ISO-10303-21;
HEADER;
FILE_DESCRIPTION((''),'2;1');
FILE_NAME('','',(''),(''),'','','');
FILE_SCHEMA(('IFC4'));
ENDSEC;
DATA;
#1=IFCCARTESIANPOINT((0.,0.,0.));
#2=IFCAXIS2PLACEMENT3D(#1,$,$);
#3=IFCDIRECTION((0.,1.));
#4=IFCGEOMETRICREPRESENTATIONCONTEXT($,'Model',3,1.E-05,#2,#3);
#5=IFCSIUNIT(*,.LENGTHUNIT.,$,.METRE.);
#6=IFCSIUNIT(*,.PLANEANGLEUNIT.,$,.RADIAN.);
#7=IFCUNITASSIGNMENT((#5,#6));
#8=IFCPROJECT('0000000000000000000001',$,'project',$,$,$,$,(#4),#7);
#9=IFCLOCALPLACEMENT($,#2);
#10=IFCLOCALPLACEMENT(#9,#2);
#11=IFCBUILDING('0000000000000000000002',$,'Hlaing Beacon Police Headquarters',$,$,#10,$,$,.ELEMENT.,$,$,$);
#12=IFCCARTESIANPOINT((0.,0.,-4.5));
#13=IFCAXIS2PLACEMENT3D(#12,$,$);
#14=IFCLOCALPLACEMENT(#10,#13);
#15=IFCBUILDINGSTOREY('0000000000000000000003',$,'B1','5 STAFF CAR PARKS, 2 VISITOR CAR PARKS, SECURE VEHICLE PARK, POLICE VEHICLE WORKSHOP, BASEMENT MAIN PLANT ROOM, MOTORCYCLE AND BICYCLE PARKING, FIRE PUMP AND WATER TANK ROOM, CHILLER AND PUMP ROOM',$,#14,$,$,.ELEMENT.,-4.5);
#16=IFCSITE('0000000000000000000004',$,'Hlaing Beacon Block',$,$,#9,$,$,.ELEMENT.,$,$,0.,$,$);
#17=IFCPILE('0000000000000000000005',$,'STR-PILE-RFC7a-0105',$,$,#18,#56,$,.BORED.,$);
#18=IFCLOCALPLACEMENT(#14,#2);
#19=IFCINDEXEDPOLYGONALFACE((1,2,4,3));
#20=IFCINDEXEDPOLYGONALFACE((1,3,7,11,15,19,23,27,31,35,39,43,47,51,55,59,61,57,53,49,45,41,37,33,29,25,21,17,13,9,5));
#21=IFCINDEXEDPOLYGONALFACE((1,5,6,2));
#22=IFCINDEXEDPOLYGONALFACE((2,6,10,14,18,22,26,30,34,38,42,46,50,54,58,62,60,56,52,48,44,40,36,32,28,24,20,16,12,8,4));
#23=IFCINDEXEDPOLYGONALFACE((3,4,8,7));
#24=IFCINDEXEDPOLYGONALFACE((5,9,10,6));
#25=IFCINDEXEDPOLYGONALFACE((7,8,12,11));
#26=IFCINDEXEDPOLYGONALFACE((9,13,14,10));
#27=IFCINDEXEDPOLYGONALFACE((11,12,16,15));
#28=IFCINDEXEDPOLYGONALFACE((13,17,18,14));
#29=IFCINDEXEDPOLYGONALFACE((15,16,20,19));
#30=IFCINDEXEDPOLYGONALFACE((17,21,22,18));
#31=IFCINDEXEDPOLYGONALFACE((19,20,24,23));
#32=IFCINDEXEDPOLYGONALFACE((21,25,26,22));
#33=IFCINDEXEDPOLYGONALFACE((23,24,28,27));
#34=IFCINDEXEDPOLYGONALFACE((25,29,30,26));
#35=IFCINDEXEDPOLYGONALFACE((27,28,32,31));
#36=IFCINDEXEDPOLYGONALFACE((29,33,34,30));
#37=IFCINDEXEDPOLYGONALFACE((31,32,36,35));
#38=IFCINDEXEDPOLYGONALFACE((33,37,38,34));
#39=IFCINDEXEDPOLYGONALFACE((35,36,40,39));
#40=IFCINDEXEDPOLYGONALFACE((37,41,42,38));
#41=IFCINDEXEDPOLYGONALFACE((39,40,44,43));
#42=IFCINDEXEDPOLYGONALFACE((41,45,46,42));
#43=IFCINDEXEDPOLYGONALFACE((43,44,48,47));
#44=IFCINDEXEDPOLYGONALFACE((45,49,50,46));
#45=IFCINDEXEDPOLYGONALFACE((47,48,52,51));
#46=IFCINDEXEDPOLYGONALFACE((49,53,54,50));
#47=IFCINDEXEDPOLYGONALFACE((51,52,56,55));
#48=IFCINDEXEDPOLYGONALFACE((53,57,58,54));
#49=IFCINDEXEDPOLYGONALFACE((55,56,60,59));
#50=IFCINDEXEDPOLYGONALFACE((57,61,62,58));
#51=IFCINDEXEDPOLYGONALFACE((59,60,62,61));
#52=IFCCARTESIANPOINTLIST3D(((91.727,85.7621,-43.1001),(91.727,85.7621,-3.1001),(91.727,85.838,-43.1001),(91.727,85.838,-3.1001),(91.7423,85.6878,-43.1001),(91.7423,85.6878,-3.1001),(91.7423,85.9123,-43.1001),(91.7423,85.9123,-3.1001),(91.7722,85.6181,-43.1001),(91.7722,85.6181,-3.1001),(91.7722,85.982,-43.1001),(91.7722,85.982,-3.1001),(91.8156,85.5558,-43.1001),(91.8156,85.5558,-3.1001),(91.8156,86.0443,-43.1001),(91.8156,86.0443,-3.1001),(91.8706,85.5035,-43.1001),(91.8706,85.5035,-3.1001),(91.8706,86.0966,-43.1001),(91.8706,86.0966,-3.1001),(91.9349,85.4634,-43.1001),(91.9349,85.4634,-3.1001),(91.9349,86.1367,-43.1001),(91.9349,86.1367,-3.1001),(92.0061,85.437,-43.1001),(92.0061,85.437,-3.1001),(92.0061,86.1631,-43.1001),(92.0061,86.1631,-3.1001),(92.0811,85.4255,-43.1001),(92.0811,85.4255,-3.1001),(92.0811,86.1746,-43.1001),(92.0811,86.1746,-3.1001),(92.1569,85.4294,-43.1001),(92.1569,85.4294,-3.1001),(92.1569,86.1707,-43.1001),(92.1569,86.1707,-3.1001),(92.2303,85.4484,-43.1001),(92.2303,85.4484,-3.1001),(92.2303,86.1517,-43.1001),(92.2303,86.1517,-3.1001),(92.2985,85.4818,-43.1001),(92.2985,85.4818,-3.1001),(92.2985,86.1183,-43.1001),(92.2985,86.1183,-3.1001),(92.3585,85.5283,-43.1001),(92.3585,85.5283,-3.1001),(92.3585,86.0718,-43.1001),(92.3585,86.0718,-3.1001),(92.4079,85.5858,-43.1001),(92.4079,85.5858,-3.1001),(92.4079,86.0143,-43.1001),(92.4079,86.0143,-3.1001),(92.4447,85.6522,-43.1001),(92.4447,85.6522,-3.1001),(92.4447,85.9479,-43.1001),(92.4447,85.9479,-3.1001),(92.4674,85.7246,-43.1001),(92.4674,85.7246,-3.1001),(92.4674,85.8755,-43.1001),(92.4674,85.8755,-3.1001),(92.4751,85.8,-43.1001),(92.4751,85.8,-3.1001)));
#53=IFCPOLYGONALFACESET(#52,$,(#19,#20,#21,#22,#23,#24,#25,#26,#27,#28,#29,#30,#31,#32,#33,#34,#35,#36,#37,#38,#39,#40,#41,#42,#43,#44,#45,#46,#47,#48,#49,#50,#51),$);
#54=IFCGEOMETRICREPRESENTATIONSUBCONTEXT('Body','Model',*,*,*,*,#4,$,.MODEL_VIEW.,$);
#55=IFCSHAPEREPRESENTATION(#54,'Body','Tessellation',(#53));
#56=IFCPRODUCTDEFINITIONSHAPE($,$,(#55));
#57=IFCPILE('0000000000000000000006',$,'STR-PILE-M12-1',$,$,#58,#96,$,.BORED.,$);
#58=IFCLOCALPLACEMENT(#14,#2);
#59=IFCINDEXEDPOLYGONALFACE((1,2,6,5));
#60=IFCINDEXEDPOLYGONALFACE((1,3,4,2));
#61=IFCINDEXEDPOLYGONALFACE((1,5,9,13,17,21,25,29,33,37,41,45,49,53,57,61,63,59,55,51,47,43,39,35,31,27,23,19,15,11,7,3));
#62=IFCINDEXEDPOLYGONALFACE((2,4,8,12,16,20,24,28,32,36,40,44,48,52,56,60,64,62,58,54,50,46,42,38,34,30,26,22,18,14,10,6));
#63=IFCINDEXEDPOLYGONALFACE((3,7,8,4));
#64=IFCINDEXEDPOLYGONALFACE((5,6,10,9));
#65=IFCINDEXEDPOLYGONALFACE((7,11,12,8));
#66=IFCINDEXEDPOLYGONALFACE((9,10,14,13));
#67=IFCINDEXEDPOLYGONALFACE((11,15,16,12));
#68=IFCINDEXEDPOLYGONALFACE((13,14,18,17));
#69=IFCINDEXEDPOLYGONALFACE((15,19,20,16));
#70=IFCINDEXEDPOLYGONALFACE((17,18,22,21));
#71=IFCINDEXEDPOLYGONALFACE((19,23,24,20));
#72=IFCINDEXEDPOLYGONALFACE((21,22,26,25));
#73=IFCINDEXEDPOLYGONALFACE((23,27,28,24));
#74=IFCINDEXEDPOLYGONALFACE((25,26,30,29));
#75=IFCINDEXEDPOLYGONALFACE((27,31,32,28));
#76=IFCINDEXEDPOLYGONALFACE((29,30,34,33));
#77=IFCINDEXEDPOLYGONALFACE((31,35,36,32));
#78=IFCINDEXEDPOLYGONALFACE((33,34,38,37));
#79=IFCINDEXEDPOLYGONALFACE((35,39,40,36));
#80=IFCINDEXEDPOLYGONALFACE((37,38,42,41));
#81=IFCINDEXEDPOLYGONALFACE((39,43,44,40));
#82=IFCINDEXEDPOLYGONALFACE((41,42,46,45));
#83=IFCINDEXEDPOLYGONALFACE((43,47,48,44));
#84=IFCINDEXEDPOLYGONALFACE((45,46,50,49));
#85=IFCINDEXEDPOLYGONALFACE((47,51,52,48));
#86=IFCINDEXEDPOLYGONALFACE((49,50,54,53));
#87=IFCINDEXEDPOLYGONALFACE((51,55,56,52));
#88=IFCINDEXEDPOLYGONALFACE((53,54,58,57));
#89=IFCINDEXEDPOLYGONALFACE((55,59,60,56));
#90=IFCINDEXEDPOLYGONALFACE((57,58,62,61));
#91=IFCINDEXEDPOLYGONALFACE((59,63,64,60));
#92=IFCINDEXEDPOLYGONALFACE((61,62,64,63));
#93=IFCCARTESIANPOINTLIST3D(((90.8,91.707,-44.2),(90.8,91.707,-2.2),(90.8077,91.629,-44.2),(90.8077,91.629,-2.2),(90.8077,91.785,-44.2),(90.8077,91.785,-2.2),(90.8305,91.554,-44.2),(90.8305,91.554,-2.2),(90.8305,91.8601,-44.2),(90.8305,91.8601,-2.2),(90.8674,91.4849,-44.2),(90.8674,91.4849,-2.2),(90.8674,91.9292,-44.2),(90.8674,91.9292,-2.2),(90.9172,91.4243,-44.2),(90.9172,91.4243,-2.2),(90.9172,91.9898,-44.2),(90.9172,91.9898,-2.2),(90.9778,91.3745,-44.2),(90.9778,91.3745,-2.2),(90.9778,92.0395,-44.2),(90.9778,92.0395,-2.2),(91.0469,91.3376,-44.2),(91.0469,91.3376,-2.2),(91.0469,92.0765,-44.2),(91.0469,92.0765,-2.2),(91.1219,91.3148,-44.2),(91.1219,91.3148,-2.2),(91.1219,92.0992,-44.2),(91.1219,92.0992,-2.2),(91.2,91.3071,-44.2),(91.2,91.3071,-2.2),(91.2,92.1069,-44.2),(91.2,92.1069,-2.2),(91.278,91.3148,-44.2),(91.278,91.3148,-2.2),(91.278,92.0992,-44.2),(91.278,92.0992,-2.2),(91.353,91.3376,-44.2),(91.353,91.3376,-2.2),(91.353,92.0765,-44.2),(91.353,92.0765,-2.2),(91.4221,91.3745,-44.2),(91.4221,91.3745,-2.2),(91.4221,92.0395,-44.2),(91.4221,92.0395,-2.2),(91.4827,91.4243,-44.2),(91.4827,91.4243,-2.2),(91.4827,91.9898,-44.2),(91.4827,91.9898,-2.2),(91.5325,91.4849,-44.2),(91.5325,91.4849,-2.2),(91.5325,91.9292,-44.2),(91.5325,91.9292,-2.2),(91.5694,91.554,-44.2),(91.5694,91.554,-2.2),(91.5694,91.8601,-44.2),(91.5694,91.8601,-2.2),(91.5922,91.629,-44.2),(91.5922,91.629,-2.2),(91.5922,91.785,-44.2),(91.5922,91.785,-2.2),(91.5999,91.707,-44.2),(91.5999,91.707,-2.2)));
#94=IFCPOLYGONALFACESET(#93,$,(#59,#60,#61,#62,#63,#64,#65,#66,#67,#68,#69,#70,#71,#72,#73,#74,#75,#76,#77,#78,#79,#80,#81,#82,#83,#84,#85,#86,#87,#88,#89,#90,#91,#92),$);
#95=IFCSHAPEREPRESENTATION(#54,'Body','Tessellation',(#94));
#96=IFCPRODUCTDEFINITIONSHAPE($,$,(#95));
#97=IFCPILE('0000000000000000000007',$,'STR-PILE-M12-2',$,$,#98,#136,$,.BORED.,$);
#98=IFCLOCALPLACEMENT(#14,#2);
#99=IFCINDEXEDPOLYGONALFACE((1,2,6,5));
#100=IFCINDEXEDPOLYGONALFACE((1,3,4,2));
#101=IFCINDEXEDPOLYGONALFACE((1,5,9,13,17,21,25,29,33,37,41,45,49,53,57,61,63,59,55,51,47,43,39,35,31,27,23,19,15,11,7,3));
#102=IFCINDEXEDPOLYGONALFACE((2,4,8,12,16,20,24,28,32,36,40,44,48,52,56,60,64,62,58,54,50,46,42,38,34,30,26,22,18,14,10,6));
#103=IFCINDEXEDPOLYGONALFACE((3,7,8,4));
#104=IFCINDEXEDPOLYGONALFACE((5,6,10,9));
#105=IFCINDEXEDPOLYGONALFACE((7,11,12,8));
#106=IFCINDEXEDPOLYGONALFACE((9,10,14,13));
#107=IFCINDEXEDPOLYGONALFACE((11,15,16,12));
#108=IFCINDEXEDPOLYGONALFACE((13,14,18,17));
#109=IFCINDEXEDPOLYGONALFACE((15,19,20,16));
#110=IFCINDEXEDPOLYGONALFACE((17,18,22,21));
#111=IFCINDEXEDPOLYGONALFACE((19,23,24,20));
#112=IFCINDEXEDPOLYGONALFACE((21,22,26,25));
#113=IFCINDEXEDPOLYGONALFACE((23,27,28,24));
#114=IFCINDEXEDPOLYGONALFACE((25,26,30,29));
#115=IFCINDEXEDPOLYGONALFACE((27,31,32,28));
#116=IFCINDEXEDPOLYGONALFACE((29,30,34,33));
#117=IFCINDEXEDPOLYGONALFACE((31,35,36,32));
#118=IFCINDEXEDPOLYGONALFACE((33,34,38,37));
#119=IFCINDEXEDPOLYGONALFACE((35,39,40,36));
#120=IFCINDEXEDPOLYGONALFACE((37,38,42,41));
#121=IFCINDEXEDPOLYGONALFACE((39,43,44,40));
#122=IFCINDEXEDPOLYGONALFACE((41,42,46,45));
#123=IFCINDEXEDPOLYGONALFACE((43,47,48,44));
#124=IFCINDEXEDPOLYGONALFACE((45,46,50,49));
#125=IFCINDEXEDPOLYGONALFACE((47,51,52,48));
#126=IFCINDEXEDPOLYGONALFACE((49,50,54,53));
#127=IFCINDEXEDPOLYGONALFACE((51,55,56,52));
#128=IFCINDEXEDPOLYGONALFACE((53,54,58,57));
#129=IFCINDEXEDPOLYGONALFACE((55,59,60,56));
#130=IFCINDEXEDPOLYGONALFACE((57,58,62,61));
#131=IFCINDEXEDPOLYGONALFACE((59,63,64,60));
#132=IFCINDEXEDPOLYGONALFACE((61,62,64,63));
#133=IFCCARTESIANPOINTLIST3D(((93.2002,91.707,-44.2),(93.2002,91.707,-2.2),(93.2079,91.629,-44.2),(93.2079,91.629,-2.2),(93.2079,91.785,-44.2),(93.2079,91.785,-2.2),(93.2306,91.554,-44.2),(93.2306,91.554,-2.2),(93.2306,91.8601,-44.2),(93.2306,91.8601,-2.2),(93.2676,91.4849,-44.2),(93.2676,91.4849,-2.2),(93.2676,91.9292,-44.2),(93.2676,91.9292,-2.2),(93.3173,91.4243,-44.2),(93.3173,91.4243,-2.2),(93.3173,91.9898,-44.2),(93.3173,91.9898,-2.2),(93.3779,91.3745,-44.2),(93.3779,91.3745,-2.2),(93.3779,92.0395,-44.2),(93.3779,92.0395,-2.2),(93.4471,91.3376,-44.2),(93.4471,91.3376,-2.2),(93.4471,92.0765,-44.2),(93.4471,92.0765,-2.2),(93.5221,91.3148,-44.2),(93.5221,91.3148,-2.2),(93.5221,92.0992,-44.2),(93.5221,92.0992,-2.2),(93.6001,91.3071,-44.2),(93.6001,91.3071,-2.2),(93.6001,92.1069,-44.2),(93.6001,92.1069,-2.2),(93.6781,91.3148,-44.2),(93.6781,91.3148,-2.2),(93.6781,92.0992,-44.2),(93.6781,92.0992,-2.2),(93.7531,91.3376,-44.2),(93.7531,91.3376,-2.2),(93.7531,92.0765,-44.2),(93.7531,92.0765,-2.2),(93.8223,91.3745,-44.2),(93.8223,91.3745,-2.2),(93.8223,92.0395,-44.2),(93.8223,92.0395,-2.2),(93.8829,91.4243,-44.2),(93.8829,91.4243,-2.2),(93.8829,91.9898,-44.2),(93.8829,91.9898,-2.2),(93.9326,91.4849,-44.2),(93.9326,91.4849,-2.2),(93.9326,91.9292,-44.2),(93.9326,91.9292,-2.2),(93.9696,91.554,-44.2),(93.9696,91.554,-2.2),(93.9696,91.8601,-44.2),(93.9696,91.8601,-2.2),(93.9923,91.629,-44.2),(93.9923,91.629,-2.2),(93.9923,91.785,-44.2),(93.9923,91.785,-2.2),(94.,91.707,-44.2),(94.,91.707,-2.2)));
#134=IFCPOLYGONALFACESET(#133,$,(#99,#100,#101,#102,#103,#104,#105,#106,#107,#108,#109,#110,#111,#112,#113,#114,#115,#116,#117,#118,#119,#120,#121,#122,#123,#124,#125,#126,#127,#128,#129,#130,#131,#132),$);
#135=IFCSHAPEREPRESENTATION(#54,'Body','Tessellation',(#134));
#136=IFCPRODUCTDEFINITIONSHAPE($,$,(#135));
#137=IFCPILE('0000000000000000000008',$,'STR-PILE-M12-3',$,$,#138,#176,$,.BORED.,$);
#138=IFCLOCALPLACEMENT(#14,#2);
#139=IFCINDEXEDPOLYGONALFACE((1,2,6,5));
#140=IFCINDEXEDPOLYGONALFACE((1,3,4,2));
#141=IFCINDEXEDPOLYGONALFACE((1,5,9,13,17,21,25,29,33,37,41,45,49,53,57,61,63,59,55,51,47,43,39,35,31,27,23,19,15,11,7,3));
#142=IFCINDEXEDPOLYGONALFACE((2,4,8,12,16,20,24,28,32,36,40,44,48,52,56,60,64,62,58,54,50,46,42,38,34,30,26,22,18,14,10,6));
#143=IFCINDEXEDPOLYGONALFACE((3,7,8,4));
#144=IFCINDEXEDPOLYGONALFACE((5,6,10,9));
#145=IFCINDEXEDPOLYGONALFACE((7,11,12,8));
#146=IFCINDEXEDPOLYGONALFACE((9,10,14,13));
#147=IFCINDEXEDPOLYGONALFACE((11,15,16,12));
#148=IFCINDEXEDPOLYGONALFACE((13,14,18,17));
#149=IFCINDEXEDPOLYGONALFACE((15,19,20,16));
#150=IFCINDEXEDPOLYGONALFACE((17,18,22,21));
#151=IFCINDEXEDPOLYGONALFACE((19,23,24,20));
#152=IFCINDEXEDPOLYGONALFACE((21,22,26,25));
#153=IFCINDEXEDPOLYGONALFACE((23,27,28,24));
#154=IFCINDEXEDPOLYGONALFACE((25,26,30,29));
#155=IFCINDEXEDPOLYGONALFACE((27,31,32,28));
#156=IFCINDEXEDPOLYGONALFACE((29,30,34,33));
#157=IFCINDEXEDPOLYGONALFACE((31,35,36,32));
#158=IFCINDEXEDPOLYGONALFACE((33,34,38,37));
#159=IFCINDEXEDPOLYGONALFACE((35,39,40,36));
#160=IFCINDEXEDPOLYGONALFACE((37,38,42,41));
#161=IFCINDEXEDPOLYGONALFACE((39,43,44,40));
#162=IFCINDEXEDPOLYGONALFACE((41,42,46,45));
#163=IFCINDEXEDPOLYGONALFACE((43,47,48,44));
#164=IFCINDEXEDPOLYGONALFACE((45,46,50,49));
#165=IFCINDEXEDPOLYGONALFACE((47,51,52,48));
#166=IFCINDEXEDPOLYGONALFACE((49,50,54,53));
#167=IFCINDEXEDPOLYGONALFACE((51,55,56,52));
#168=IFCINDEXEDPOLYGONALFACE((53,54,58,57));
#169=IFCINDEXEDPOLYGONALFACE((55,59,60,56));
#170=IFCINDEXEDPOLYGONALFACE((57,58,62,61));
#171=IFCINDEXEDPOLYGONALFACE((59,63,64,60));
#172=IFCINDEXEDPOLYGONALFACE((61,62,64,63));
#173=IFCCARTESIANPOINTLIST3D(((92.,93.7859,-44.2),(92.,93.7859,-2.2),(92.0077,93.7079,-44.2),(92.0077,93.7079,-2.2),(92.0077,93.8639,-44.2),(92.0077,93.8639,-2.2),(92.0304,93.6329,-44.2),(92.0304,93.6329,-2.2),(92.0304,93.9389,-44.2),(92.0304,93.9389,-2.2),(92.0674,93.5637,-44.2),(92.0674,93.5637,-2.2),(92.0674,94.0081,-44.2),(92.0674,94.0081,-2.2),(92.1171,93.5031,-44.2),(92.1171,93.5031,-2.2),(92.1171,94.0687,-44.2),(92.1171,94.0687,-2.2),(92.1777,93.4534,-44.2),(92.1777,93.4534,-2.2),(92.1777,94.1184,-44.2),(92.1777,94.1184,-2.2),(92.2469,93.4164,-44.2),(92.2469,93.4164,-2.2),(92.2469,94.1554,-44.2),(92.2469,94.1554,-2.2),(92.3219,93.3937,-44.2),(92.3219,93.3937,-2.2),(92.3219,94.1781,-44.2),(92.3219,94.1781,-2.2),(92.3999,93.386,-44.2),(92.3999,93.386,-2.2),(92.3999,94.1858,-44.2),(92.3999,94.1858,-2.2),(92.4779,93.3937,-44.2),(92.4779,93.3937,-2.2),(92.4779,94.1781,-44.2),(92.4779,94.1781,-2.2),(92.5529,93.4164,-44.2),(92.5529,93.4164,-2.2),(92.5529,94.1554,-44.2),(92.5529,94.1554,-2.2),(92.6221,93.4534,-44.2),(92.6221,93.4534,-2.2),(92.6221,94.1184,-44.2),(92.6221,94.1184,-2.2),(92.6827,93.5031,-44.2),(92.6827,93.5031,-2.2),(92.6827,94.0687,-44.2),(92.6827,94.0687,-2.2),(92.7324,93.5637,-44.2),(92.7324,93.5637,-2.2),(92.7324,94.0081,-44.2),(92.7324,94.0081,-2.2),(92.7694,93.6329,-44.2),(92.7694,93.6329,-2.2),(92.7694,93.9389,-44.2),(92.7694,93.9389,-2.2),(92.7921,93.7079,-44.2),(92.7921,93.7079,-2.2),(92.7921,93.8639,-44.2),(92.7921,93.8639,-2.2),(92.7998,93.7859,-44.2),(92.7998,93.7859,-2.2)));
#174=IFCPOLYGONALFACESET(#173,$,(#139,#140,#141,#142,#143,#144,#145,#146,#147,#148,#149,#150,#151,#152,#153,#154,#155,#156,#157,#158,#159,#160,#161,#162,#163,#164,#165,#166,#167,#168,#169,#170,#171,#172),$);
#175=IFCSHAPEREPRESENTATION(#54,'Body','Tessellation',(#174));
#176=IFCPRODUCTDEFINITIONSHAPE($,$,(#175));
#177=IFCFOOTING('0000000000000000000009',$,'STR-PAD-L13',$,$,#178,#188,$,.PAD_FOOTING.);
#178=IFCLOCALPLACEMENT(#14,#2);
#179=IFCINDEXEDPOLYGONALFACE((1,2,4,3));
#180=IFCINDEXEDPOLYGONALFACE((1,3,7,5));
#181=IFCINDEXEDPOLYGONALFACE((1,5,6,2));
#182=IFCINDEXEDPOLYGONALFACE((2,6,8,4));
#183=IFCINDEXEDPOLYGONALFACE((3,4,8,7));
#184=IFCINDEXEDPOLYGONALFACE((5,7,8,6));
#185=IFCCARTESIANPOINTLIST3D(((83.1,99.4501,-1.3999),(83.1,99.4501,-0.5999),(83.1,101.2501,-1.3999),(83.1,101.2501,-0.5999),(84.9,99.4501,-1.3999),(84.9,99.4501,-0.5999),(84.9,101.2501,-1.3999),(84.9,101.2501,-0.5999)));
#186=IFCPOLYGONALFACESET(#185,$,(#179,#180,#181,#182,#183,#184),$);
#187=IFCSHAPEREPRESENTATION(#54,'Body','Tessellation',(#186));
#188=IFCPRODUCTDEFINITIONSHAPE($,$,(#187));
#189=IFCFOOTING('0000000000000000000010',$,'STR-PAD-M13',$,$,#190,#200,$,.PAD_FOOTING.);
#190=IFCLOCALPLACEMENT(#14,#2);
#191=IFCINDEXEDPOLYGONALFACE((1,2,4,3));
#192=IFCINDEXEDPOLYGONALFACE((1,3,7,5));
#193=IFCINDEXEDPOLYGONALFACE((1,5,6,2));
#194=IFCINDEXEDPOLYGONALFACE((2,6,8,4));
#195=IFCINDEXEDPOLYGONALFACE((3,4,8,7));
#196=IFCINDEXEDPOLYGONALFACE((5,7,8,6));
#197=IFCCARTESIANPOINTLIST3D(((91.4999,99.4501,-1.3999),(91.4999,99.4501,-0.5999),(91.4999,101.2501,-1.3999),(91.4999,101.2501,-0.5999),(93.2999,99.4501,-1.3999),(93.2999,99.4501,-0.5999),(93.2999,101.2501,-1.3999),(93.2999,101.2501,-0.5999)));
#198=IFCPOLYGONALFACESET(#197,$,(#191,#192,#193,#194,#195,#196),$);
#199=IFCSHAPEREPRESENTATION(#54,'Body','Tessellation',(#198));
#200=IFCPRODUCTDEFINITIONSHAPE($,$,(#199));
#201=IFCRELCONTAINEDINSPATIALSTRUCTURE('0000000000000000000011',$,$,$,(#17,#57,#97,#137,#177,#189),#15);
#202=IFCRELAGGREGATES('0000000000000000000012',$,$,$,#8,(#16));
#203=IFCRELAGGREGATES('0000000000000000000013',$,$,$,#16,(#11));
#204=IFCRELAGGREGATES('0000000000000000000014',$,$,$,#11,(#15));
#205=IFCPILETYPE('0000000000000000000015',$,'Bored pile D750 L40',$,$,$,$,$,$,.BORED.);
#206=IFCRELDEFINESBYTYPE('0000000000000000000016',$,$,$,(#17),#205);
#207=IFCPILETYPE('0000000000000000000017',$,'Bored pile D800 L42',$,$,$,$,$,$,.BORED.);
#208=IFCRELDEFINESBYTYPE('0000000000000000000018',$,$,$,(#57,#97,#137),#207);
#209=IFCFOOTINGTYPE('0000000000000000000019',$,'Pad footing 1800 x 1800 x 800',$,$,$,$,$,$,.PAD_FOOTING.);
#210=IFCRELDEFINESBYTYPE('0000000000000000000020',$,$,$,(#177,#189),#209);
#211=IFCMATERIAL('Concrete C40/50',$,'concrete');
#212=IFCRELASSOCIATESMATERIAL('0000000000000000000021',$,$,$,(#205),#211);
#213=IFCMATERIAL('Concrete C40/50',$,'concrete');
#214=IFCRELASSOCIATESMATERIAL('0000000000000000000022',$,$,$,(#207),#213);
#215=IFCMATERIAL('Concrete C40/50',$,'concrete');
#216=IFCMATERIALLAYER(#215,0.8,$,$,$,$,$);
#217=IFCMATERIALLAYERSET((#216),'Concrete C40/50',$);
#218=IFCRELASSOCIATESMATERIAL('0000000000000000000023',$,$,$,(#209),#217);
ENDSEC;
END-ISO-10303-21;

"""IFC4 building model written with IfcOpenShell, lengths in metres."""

from ifc_helpers import new_model, si_unit, direction, frame, origin, origin_2d, place, context, subcontext, project, spatial, rectangle, circle, extrude, material, layer, layer_set, material_profile, profile_set, type_object, element, save


model = new_model("IFC4")

# Units and contexts
model_context = context("Model", 3, precision=1e-05, world=origin(), true_north=direction((0.0, 1.0)))
body_context = subcontext(model_context, "Body", "Model", "MODEL_VIEW")
ifc_project = project(units=[si_unit("LENGTHUNIT", "METRE"), si_unit("PLANEANGLEUNIT", "RADIAN")], contexts=[model_context])

# Site, building, storey
site_placement = place(None, origin())
site = spatial("IfcSite", under=ifc_project, at=site_placement, Name="Hlaing Beacon Block", CompositionType="ELEMENT", RefElevation=0.0)
building_placement = place(site_placement, origin())
building = spatial("IfcBuilding", under=site, at=building_placement, Name="Hlaing Beacon Police Headquarters", CompositionType="ELEMENT")
storey_placement = place(building_placement, frame((0.0, 0.0, -4.5)))
storey = spatial("IfcBuildingStorey", under=building, at=storey_placement, Name="B1", Description="5 STAFF CAR PARKS, 2 VISITOR CAR PARKS, SECURE VEHICLE PARK, POLICE VEHICLE WORKSHOP, BASEMENT MAIN PLANT ROOM, MOTORCYCLE AND BICYCLE PARKING, FIRE PUMP AND WATER TANK ROOM, CHILLER AND PUMP ROOM", CompositionType="ELEMENT", Elevation=-4.5)

# Piles
ifc_material_1 = material(Name="Concrete C40/50", Category="concrete")
ifc_material_profile_1 = material_profile(ifc_material_1, circle(Radius=0.375, at=origin_2d()), Name="D750")
ifc_profile_set_1 = profile_set([ifc_material_profile_1], Name="Concrete C40/50")
pile_type_1 = type_object("IfcPileType", Name="Bored pile D750 L40", PredefinedType="BORED", material=ifc_profile_set_1)
for number, where, z_axis, x_axis, name in (
    (1, (92.1001, 85.8, -3.1001), (0.0, 0.0, -1.0), (1.0, 0.0, 0.0), "STR-PILE-RFC7a-0105"),
):
    element("IfcPile", number, at=place(storey_placement, frame(where, z_axis=z_axis, x_axis=x_axis)), inside=storey, type_object=pile_type_1, Name=name, PredefinedType="BORED", context=body_context, shape_type="SweptSolid", body=[
        extrude(circle(Radius=0.375, at=origin_2d()), origin(), (0.0, 0.0, 1.0), 40.0),
    ])
ifc_material_2 = material(Name="Concrete C40/50", Category="concrete")
ifc_material_profile_2 = material_profile(ifc_material_2, circle(Radius=0.3999, at=origin_2d()), Name="D800")
ifc_profile_set_2 = profile_set([ifc_material_profile_2], Name="Concrete C40/50")
pile_type_2 = type_object("IfcPileType", Name="Bored pile D800 L42", PredefinedType="BORED", material=ifc_profile_set_2)
for number, where, z_axis, x_axis, name in (
    (2, (91.2, 91.707, -2.2), (0.0, 0.0, -1.0), (1.0, 0.0, 0.0), "STR-PILE-M12-1"),
    (3, (93.6001, 91.707, -2.2), (0.0, 0.0, -1.0), (1.0, 0.0, 0.0), "STR-PILE-M12-2"),
    (4, (92.3999, 93.7859, -2.2), (0.0, 0.0, -1.0), (1.0, 0.0, 0.0), "STR-PILE-M12-3"),
):
    element("IfcPile", number, at=place(storey_placement, frame(where, z_axis=z_axis, x_axis=x_axis)), inside=storey, type_object=pile_type_2, Name=name, PredefinedType="BORED", context=body_context, shape_type="SweptSolid", body=[
        extrude(circle(Radius=0.3999, at=origin_2d()), origin(), (0.0, 0.0, 1.0), 42.0),
    ])

# Footings
ifc_material_3 = material(Name="Concrete C40/50", Category="concrete")
ifc_layer_1 = layer(ifc_material_3, 0.8)
ifc_layer_set_1 = layer_set([ifc_layer_1], Name="Concrete C40/50")
footing_type_1 = type_object("IfcFootingType", Name="Pad footing 1800 x 1800 x 800", PredefinedType="PAD_FOOTING", material=ifc_layer_set_1)
for number, where, z_axis, x_axis, name in (
    (5, (84.0, 100.3501, -1.3999), (0.0, 0.0, 1.0), (1.0, 0.0, 0.0), "STR-PAD-L13"),
    (6, (92.3999, 100.3501, -1.3999), (0.0, 0.0, 1.0), (1.0, 0.0, 0.0), "STR-PAD-M13"),
):
    element("IfcFooting", number, at=place(storey_placement, frame(where, z_axis=z_axis, x_axis=x_axis)), inside=storey, type_object=footing_type_1, Name=name, PredefinedType="PAD_FOOTING", context=body_context, shape_type="SweptSolid", body=[
        extrude(rectangle(XDim=1.8, YDim=1.8, at=origin_2d()), origin(), (0.0, 0.0, 1.0), 0.8),
    ])

save(model, "model.ifc")
